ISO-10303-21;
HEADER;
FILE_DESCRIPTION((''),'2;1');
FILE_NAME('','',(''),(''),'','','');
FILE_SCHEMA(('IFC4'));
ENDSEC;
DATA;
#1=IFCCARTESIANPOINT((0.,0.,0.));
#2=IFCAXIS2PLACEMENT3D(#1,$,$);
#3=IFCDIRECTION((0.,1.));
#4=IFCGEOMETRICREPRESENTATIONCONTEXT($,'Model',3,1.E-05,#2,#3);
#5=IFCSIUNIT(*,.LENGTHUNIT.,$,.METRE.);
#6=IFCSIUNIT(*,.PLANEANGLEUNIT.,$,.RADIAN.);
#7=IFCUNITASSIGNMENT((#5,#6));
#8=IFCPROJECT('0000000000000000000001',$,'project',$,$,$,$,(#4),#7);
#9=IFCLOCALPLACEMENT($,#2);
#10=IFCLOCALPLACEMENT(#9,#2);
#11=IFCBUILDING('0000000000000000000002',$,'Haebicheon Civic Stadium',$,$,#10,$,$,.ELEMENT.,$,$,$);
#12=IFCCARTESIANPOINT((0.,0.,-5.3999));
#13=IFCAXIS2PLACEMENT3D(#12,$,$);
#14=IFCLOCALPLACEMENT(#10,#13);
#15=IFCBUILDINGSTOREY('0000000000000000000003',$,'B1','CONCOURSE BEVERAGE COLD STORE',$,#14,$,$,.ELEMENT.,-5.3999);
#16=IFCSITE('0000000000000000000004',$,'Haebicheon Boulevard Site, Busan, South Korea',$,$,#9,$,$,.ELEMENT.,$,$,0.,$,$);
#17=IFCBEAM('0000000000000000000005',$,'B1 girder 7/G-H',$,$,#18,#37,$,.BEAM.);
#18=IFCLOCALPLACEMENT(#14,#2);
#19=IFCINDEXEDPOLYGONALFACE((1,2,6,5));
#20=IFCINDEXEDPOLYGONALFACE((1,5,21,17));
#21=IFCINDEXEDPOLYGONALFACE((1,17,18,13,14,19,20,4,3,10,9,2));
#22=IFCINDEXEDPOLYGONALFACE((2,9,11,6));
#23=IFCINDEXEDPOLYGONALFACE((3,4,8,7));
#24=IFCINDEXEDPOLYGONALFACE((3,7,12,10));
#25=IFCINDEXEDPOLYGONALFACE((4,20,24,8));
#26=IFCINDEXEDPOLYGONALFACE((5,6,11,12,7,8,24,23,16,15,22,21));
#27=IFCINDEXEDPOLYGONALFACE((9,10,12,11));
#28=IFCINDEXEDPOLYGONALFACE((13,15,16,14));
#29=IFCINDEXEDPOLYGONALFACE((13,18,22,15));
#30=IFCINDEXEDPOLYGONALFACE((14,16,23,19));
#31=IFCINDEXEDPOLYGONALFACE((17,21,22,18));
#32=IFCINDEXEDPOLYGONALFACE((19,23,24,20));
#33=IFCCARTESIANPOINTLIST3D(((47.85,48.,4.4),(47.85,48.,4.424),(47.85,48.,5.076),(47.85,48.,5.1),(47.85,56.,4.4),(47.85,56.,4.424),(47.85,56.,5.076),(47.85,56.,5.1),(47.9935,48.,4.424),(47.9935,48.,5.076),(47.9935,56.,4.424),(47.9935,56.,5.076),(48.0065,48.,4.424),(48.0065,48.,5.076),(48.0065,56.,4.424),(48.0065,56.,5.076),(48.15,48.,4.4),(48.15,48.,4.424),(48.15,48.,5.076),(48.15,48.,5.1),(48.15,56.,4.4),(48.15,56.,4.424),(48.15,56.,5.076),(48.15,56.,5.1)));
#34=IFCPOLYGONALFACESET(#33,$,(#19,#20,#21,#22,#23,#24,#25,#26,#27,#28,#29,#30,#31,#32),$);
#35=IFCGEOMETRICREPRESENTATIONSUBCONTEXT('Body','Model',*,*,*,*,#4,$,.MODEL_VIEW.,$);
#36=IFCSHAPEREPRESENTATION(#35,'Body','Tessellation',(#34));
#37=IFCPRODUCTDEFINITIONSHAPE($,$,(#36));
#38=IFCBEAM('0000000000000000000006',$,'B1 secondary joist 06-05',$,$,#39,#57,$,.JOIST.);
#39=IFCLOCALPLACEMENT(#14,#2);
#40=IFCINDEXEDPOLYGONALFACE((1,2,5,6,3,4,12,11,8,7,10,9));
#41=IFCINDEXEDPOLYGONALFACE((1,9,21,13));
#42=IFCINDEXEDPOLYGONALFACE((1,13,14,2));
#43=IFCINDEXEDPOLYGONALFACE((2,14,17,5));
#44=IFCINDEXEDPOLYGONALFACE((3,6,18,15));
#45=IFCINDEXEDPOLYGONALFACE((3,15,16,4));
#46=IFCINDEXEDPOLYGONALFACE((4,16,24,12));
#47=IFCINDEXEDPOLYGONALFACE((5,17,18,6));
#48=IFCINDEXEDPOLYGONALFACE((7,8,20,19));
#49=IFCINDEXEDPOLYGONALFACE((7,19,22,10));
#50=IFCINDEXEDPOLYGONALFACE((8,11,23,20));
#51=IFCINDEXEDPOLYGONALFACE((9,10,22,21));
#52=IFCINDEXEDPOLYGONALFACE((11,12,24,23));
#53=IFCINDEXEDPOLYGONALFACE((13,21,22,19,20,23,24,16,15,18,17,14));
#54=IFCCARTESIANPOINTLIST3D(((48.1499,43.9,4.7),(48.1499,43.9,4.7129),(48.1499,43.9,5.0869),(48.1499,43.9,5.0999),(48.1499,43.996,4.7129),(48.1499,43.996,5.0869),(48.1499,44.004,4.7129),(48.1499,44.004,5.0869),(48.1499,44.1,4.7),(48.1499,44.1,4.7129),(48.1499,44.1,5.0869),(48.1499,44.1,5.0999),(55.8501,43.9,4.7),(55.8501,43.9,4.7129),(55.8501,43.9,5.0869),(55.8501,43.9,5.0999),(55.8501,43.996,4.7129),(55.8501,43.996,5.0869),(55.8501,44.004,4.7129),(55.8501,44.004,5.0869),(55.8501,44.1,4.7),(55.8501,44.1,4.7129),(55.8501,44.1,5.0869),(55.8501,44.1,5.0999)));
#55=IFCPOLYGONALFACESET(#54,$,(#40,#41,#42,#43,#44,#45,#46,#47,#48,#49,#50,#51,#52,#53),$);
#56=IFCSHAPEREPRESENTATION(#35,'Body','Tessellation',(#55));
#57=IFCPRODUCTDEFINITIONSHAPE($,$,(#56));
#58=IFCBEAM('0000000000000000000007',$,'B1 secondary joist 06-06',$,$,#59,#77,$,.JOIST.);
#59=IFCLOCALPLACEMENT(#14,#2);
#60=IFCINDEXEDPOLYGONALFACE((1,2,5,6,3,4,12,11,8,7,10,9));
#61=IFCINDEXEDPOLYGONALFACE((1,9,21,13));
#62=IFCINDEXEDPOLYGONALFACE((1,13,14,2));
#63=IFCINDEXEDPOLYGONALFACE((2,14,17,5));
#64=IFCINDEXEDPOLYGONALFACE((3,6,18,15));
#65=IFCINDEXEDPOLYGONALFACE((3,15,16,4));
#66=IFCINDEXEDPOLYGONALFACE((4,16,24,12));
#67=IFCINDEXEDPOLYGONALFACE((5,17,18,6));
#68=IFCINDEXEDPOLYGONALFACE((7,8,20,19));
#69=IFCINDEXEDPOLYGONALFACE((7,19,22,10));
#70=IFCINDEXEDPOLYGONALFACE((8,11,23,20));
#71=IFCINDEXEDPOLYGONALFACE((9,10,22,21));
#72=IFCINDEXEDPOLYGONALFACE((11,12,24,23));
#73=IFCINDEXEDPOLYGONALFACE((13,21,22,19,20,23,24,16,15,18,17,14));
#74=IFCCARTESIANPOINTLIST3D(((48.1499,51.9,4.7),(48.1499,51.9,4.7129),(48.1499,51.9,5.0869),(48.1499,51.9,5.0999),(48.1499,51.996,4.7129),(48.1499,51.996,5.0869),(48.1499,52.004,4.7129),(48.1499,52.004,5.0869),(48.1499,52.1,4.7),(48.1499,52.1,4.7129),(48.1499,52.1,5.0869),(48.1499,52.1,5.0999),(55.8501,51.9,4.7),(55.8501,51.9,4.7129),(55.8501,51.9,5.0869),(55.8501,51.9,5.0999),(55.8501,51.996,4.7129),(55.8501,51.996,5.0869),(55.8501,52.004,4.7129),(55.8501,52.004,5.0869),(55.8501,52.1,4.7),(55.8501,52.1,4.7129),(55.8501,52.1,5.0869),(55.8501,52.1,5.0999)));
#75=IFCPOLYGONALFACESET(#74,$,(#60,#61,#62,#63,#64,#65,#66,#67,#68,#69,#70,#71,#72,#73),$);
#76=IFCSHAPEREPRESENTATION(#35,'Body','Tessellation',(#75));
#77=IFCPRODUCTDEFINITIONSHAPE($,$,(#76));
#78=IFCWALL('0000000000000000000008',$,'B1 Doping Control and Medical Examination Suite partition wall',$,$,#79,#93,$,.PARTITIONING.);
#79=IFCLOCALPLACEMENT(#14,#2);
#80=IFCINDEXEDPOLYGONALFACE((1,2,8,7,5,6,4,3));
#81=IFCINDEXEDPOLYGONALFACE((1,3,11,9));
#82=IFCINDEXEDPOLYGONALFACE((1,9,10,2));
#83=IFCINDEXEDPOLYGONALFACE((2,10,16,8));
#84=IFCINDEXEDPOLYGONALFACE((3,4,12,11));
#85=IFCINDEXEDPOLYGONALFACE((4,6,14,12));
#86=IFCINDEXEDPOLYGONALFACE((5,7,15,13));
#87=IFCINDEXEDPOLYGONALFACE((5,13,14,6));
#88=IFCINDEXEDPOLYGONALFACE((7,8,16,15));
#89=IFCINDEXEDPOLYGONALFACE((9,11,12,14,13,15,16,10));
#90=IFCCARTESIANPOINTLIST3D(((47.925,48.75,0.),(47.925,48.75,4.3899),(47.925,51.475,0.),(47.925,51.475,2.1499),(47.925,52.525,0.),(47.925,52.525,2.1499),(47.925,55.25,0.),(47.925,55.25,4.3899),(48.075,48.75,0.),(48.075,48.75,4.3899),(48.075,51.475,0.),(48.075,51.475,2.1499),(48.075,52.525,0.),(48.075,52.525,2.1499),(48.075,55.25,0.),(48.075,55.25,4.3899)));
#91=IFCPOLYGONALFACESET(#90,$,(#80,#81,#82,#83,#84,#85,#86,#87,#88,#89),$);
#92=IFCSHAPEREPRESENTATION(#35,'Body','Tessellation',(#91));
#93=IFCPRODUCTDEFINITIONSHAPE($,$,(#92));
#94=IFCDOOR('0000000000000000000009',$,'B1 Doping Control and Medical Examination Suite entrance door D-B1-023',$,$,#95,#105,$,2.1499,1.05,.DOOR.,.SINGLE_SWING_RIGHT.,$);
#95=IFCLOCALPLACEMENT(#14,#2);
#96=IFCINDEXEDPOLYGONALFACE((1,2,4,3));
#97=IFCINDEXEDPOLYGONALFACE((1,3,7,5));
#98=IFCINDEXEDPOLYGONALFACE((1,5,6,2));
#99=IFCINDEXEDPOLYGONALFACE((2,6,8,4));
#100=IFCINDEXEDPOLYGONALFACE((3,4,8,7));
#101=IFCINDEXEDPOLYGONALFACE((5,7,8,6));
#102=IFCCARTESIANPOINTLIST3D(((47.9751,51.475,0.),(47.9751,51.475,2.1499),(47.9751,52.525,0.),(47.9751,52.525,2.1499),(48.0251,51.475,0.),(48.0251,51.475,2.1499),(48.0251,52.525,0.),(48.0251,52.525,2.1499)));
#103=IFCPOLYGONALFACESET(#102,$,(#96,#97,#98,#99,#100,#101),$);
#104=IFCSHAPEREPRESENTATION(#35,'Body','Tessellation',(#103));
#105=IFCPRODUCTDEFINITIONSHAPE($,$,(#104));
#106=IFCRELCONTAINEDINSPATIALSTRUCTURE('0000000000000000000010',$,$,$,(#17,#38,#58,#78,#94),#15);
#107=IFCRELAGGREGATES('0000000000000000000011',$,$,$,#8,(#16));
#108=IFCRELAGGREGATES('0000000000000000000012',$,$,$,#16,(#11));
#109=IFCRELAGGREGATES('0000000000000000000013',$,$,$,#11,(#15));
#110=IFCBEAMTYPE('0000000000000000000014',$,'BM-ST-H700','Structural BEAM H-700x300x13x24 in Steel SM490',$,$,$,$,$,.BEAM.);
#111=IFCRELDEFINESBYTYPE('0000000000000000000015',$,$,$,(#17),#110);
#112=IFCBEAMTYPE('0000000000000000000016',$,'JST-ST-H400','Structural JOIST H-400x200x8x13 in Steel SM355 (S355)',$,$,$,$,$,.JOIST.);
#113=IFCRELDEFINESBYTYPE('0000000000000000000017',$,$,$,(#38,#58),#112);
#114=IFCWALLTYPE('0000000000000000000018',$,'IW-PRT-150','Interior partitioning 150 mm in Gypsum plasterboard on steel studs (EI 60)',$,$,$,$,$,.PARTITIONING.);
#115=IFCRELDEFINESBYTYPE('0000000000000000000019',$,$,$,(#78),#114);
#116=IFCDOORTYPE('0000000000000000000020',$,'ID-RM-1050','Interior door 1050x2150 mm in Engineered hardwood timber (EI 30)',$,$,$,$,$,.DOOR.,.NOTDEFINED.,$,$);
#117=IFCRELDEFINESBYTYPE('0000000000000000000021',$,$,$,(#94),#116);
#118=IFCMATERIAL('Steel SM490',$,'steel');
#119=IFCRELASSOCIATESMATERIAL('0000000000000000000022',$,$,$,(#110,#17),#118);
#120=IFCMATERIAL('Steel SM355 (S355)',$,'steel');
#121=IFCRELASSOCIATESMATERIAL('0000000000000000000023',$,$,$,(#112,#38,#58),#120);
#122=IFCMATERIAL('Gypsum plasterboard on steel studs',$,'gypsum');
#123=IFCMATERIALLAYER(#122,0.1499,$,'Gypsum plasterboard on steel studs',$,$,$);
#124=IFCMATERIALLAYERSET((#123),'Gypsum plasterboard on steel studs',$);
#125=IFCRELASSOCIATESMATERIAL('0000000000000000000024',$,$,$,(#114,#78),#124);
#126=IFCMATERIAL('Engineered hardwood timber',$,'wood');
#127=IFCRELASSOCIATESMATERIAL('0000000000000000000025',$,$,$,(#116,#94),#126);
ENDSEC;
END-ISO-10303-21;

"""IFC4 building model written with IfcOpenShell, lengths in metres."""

from ifc_helpers import new_model, si_unit, direction, frame, frame_2d, origin, origin_2d, place, context, subcontext, project, spatial, rectangle, i_section, extrude, material, layer, layer_set, material_profile, profile_set, type_object, element, fill, save


model = new_model("IFC4")

# Units and contexts
model_context = context("Model", 3, precision=1e-05, world=origin(), true_north=direction((0.0, 1.0)))
body_context = subcontext(model_context, "Body", "Model", "MODEL_VIEW")
ifc_project = project(units=[si_unit("LENGTHUNIT", "METRE"), si_unit("PLANEANGLEUNIT", "RADIAN")], contexts=[model_context])

# Site, building, storey
site_placement = place(None, origin())
site = spatial("IfcSite", under=ifc_project, at=site_placement, Name="Haebicheon Boulevard Site, Busan, South Korea", CompositionType="ELEMENT", RefElevation=0.0)
building_placement = place(site_placement, origin())
building = spatial("IfcBuilding", under=site, at=building_placement, Name="Haebicheon Civic Stadium", CompositionType="ELEMENT")
storey_placement = place(building_placement, frame((0.0, 0.0, -5.3999)))
storey = spatial("IfcBuildingStorey", under=building, at=storey_placement, Name="B1", Description="CONCOURSE BEVERAGE COLD STORE", CompositionType="ELEMENT", Elevation=-5.3999)

# Beams
ifc_material_1 = material(Name="Steel SM490", Category="steel")
ifc_material_profile_1 = material_profile(ifc_material_1, i_section(OverallWidth=0.3, OverallDepth=0.7, WebThickness=0.0129, FlangeThickness=0.0239, at=origin_2d()), Name="H-700x300x13x24")
ifc_profile_set_1 = profile_set([ifc_material_profile_1], Name="Steel SM490")
beam_type_1 = type_object("IfcBeamType", Name="BM-ST-H700", Description="Structural BEAM H-700x300x13x24 in Steel SM490", PredefinedType="BEAM", material=ifc_profile_set_1)
beam_1_placement = place(storey_placement, frame((48.0, 48.0, 4.75), z_axis=(0.0, 1.0, 0.0), x_axis=(-1.0, 0.0, 0.0)))
element("IfcBeam", 1, at=beam_1_placement, inside=storey, type_object=beam_type_1, material=ifc_profile_set_1, Name="B1 girder 7/G-H", PredefinedType="BEAM", context=body_context, shape_type="SweptSolid", body=[
    extrude(i_section(OverallWidth=0.3, OverallDepth=0.7, WebThickness=0.0129, FlangeThickness=0.0239, at=origin_2d()), origin(), (0.0, 0.0, 1.0), 8.0),
])
ifc_material_2 = material(Name="Steel SM355 (S355)", Category="steel")
ifc_material_profile_2 = material_profile(ifc_material_2, i_section(OverallWidth=0.2, OverallDepth=0.3999, WebThickness=0.0081, FlangeThickness=0.0129, at=origin_2d()), Name="H-400x200x8x13")
ifc_profile_set_2 = profile_set([ifc_material_profile_2], Name="Steel SM355 (S355)")
beam_type_2 = type_object("IfcBeamType", Name="JST-ST-H400", Description="Structural JOIST H-400x200x8x13 in Steel SM355 (S355)", PredefinedType="JOIST", material=ifc_profile_set_2)
for number, where, z_axis, x_axis, name in (
    (2, (48.1499, 44.0, 4.8999), (1.0, 0.0, 0.0), (0.0, 1.0, 0.0), "B1 secondary joist 06-05"),
    (3, (48.1499, 52.0, 4.8999), (1.0, 0.0, 0.0), (0.0, 1.0, 0.0), "B1 secondary joist 06-06"),
):
    element("IfcBeam", number, at=place(storey_placement, frame(where, z_axis=z_axis, x_axis=x_axis)), inside=storey, type_object=beam_type_2, material=ifc_profile_set_2, Name=name, PredefinedType="JOIST", context=body_context, shape_type="SweptSolid", body=[
        extrude(i_section(OverallWidth=0.2, OverallDepth=0.3999, WebThickness=0.0081, FlangeThickness=0.0129, at=origin_2d()), origin(), (0.0, 0.0, 1.0), 7.7002),
    ])

# Wall, opening, door
ifc_material_3 = material(Name="Gypsum plasterboard on steel studs", Category="gypsum")
ifc_layer_1 = layer(ifc_material_3, 0.1499, Name="Gypsum plasterboard on steel studs")
ifc_layer_set_1 = layer_set([ifc_layer_1], Name="Gypsum plasterboard on steel studs")
wall_type = type_object("IfcWallType", Name="IW-PRT-150", Description="Interior partitioning 150 mm in Gypsum plasterboard on steel studs (EI 60)", PredefinedType="PARTITIONING", material=ifc_layer_set_1)
wall_placement = place(storey_placement, frame((48.0, 48.75, 0.0), z_axis=(0.0, 0.0, 1.0), x_axis=(0.0, 1.0, 0.0)))
wall = element("IfcWall", 4, at=wall_placement, inside=storey, type_object=wall_type, material=ifc_layer_set_1, Name="B1 Doping Control and Medical Examination Suite partition wall", PredefinedType="PARTITIONING", context=body_context, shape_type="SweptSolid", body=[
    extrude(rectangle(XDim=6.5, YDim=0.1499, at=frame_2d((3.25, 0.0))), origin(), (0.0, 0.0, 1.0), 4.3899),
])
opening_placement = place(wall_placement, frame((2.7251, 0.0, 0.0)))
opening = element("IfcOpeningElement", 5, at=opening_placement, cuts=wall, PredefinedType="OPENING", context=body_context, shape_type="SweptSolid", body=[
    extrude(rectangle(XDim=1.05, YDim=2.1499, at=frame_2d((0.5249, 1.075))), frame((0.0, 0.085, 0.0), z_axis=(0.0, -1.0, 0.0), x_axis=(1.0, 0.0, 0.0)), (0.0, 0.0, 1.0), 0.1699),
])
ifc_material_4 = material(Name="Engineered hardwood timber", Category="wood")
door_type = type_object("IfcDoorType", Name="ID-RM-1050", Description="Interior door 1050x2150 mm in Engineered hardwood timber (EI 30)", OperationType="NOTDEFINED", PredefinedType="DOOR", material=ifc_material_4)
door_placement = place(opening_placement, origin())
door = element("IfcDoor", 6, at=door_placement, inside=storey, type_object=door_type, material=ifc_material_4, Name="B1 Doping Control and Medical Examination Suite entrance door D-B1-023", OperationType="SINGLE_SWING_RIGHT", OverallHeight=2.1499, OverallWidth=1.05, PredefinedType="DOOR", context=body_context, shape_type="SweptSolid", body=[
    extrude(rectangle(XDim=1.05, YDim=2.1499, at=frame_2d((0.5249, 1.075))), frame((0.0, 0.0249, 0.0), z_axis=(0.0, -1.0, 0.0), x_axis=(1.0, 0.0, 0.0)), (0.0, 0.0, 1.0), 0.05),
])
fill(opening, door)

save(model, "model.ifc")
